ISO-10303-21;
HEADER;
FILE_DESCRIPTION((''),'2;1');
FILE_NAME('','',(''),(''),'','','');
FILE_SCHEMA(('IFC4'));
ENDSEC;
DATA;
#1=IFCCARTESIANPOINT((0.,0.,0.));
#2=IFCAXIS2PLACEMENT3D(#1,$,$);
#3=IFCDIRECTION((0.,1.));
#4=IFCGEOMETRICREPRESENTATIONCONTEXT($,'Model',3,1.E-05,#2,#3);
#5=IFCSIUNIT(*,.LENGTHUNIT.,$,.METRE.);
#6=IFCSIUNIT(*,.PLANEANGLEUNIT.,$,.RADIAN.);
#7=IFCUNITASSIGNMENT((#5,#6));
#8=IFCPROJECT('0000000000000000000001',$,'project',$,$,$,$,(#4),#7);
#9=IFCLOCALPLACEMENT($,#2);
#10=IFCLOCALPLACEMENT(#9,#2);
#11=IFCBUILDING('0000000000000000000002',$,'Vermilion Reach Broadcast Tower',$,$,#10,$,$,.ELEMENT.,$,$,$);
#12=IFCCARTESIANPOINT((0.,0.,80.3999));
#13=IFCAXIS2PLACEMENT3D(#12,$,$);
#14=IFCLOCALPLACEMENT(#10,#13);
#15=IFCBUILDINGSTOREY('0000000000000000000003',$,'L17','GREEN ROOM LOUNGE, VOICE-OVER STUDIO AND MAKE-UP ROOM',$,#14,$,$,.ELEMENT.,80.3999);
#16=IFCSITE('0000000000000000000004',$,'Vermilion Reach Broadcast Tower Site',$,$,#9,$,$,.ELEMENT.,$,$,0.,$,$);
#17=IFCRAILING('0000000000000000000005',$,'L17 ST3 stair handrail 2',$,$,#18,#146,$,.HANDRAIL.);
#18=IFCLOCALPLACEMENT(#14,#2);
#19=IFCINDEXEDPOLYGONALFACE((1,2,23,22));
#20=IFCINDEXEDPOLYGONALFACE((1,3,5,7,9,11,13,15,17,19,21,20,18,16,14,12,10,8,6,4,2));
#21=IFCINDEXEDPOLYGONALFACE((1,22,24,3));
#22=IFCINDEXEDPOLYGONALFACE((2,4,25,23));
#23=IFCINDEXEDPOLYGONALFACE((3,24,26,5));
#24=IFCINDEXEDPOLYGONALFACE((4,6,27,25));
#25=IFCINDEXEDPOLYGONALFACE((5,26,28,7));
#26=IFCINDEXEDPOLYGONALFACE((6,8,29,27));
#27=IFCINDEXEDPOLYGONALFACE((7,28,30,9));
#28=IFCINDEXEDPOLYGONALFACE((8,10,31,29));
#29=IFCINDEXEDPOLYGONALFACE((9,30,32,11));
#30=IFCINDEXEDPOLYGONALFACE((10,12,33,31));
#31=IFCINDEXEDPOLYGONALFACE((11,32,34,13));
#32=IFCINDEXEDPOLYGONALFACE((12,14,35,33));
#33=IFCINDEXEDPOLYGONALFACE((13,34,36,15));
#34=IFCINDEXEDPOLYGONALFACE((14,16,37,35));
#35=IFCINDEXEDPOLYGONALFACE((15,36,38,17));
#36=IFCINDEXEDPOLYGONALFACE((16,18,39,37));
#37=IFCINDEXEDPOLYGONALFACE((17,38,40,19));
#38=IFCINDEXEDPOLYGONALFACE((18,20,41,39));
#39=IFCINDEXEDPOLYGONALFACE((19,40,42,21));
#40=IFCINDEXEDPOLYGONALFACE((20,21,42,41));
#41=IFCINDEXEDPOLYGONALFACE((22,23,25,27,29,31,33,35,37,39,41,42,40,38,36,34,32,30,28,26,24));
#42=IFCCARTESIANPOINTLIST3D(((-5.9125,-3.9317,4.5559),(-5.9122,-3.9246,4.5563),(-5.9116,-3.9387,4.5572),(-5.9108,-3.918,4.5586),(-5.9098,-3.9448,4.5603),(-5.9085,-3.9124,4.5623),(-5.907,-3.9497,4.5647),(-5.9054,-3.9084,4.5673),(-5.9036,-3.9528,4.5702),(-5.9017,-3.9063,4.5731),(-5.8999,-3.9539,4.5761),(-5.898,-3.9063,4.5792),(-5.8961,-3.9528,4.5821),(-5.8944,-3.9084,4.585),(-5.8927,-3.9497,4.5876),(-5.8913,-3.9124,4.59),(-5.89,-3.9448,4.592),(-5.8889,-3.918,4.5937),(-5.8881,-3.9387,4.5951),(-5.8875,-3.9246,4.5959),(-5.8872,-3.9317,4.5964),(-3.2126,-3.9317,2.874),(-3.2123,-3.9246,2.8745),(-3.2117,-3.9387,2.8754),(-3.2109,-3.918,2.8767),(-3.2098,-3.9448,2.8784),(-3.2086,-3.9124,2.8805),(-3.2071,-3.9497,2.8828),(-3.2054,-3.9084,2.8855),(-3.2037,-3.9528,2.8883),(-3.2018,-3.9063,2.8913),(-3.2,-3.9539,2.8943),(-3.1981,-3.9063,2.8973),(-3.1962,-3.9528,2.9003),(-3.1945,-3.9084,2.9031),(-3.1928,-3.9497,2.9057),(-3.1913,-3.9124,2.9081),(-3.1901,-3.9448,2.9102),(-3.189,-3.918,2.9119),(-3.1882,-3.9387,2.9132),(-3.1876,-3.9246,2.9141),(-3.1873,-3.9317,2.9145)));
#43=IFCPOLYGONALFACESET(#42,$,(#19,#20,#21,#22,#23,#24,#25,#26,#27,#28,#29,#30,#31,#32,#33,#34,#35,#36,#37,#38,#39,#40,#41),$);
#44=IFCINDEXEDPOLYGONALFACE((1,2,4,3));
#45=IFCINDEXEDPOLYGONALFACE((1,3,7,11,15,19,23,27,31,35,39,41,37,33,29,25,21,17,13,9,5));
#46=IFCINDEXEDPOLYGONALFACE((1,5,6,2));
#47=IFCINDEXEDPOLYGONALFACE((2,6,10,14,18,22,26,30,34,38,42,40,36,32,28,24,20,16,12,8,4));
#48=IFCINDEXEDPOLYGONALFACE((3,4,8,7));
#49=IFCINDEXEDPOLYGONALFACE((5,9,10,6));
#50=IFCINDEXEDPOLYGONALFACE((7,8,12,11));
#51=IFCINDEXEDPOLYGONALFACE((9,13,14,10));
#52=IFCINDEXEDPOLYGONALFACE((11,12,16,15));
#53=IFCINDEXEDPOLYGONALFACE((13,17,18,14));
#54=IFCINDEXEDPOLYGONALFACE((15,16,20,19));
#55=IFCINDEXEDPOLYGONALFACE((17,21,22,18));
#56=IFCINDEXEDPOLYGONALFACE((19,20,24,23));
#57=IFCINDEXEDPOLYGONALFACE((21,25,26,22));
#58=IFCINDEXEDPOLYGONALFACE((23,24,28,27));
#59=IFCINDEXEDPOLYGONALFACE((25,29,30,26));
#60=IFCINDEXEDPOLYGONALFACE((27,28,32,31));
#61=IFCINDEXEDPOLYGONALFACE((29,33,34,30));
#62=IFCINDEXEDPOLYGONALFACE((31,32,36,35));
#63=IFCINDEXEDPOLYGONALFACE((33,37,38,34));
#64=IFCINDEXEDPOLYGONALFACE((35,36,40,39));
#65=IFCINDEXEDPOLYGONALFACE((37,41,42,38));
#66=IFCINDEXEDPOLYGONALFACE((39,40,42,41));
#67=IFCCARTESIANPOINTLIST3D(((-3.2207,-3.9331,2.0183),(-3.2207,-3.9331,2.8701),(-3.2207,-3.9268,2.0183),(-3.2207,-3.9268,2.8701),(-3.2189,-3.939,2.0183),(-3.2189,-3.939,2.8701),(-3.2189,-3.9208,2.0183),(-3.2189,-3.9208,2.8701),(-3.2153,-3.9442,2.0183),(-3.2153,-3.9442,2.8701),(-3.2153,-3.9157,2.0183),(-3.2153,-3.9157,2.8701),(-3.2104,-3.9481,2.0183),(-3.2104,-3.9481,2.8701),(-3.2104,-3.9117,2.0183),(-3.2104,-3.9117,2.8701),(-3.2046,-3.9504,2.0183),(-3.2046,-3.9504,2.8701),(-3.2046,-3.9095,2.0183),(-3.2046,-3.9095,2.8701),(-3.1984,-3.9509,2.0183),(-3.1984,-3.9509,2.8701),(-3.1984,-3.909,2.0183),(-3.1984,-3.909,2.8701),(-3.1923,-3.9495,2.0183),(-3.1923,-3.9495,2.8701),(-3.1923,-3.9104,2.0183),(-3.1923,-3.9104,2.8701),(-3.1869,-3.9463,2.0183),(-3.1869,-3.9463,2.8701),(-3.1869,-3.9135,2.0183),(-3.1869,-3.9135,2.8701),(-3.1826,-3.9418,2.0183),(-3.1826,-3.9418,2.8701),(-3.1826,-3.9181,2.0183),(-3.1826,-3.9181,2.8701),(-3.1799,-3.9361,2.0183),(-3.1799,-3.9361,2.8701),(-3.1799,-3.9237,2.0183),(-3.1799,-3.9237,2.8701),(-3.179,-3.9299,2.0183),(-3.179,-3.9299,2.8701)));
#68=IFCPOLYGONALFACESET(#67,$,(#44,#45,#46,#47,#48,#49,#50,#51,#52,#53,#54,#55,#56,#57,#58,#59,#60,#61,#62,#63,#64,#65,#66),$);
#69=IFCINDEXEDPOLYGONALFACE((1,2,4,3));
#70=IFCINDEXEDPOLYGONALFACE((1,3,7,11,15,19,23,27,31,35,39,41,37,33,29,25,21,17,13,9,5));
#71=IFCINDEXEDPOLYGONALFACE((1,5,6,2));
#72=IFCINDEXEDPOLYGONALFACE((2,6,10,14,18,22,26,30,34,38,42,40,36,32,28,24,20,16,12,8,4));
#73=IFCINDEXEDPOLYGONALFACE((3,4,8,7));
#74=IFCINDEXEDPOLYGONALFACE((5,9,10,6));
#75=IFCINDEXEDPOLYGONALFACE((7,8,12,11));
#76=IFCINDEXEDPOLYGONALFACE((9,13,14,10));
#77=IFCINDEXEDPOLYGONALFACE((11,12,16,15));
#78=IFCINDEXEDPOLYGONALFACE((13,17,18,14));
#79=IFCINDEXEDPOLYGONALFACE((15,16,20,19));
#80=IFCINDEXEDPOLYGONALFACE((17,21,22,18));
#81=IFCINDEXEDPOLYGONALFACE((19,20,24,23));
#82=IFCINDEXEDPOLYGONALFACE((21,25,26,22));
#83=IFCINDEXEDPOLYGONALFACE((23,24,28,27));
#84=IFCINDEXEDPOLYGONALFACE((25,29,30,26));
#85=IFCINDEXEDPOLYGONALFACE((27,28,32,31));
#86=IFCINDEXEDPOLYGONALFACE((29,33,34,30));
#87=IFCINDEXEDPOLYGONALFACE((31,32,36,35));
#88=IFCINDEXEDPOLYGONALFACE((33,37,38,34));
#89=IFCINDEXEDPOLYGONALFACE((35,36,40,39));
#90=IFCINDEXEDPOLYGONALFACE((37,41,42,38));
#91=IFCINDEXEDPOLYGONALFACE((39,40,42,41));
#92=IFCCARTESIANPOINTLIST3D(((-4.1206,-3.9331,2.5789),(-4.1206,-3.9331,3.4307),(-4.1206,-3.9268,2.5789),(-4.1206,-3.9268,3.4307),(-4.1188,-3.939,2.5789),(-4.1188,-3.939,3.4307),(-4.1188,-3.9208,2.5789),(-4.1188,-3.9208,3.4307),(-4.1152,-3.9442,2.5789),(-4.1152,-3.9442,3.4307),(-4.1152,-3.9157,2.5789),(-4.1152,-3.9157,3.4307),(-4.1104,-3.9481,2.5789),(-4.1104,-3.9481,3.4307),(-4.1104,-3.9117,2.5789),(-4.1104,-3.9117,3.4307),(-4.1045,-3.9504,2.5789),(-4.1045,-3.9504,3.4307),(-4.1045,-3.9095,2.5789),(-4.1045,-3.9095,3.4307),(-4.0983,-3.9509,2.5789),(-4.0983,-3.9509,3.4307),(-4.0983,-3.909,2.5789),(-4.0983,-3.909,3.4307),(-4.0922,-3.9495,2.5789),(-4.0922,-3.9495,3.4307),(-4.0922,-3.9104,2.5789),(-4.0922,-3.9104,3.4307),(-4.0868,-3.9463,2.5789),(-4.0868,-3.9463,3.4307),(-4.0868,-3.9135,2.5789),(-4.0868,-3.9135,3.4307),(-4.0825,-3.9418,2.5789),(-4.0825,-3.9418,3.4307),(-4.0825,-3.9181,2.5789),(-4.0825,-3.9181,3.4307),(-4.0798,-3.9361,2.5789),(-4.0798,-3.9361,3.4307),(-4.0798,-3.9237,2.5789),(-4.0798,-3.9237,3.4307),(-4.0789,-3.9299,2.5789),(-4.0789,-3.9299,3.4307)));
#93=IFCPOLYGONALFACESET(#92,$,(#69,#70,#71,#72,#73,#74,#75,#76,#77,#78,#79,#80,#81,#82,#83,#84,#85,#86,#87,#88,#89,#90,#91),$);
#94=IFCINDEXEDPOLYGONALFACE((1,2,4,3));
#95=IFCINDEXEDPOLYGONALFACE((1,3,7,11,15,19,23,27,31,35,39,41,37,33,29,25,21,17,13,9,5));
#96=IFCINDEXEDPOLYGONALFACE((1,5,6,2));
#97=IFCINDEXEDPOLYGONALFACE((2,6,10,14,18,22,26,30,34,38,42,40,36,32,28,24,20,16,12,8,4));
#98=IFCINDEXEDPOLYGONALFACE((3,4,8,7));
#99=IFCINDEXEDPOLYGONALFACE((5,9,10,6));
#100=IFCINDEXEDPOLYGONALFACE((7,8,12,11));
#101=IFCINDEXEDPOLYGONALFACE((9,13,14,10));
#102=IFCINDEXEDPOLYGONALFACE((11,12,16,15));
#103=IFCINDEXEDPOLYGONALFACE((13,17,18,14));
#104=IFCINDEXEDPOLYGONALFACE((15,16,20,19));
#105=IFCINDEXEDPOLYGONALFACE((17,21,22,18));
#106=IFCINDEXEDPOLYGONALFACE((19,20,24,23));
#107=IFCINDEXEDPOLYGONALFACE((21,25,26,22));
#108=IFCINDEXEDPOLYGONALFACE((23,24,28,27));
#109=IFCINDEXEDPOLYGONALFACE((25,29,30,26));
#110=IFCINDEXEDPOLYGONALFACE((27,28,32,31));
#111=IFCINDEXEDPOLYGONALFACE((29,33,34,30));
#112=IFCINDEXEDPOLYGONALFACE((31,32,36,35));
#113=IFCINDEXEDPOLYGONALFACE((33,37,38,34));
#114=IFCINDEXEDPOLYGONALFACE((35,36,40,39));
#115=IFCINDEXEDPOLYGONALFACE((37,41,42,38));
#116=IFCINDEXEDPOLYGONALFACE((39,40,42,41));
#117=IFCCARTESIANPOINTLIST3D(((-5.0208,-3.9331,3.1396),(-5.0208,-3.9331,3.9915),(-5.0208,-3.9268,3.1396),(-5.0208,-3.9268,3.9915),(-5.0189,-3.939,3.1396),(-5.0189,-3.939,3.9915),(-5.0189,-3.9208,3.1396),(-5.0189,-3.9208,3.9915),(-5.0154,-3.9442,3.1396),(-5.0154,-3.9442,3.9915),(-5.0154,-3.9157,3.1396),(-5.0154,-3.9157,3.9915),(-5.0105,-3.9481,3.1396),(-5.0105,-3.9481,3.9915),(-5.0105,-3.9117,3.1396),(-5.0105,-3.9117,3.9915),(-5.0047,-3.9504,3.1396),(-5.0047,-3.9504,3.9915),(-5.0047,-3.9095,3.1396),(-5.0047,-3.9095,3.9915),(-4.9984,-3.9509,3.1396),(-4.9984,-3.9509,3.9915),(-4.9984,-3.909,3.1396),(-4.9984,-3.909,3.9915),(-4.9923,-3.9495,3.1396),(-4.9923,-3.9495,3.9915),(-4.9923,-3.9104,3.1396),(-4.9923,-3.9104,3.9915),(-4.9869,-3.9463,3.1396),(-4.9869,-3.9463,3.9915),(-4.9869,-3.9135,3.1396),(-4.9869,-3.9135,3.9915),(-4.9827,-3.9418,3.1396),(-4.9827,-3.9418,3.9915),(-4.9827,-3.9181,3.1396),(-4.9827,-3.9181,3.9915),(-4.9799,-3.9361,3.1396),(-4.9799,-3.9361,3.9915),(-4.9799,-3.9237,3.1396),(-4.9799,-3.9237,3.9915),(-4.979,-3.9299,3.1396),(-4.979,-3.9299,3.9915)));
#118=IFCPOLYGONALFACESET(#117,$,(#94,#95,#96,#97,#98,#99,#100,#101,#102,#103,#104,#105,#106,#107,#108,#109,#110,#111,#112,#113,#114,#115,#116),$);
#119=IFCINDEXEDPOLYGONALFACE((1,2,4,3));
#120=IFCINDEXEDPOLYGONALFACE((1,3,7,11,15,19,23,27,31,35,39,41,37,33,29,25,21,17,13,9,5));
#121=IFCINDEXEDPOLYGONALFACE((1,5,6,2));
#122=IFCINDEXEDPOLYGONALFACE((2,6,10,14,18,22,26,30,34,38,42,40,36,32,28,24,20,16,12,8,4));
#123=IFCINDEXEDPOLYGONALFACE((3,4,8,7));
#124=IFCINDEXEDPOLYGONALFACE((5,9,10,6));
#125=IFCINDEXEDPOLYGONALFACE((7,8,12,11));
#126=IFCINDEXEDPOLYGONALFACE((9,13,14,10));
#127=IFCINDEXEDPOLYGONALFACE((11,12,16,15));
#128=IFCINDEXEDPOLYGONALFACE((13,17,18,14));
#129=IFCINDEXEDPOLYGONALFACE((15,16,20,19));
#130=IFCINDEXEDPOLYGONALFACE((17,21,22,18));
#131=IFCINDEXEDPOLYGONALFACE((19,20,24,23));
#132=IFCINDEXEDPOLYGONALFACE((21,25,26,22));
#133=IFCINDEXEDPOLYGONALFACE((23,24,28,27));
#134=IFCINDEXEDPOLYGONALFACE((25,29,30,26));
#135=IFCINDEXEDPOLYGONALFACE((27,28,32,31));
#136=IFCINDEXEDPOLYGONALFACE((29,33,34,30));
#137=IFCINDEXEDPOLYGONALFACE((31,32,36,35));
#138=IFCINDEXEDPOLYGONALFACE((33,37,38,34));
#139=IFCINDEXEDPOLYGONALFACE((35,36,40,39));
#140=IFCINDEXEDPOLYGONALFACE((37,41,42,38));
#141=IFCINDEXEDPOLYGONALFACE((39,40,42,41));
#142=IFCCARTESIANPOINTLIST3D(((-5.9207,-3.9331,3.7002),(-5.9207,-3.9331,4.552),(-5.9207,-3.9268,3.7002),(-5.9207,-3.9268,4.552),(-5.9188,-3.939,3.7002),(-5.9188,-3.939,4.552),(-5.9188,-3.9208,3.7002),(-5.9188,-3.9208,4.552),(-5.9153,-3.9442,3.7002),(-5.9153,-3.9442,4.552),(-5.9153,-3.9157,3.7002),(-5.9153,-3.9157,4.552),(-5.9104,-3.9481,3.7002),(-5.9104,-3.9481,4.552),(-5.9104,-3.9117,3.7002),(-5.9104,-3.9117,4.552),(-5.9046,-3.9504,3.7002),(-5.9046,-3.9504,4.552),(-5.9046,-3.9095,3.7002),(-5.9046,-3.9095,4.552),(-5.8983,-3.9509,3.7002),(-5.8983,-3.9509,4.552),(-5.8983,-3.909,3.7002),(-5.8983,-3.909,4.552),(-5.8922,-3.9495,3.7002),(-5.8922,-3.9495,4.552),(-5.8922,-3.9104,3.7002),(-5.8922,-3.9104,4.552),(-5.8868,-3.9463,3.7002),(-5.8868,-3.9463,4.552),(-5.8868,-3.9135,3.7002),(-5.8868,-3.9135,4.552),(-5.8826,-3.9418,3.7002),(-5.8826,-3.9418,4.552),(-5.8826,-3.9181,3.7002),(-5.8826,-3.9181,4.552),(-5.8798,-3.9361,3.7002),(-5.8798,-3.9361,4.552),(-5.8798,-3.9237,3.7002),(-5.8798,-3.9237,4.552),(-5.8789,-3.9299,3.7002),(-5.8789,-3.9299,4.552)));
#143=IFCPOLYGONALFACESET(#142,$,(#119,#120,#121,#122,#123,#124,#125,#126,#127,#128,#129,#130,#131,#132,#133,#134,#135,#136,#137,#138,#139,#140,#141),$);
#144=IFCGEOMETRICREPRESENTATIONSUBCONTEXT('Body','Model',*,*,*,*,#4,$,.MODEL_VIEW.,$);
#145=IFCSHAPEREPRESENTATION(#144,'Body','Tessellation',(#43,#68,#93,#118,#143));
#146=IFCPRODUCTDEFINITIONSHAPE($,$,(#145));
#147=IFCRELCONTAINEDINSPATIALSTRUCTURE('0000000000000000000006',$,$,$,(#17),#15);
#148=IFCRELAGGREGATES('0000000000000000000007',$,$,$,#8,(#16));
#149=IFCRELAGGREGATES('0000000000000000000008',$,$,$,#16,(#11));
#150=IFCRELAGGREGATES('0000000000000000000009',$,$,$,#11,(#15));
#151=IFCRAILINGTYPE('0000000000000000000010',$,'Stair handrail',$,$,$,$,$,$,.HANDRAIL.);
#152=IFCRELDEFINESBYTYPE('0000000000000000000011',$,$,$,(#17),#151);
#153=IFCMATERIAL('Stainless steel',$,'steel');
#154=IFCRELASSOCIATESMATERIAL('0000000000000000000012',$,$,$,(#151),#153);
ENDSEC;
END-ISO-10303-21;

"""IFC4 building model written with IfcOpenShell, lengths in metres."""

from ifc_helpers import new_model, si_unit, direction, frame, origin, origin_2d, place, context, subcontext, project, spatial, circle, extrude, material, type_object, element, save


model = new_model("IFC4")

# Units and contexts
model_context = context("Model", 3, precision=1e-05, world=origin(), true_north=direction((0.0, 1.0)))
body_context = subcontext(model_context, "Body", "Model", "MODEL_VIEW")
ifc_project = project(units=[si_unit("LENGTHUNIT", "METRE"), si_unit("PLANEANGLEUNIT", "RADIAN")], contexts=[model_context])

# Site, building, storey
site_placement = place(None, origin())
site = spatial("IfcSite", under=ifc_project, at=site_placement, Name="Vermilion Reach Broadcast Tower Site", CompositionType="ELEMENT", RefElevation=0.0)
building_placement = place(site_placement, origin())
building = spatial("IfcBuilding", under=site, at=building_placement, Name="Vermilion Reach Broadcast Tower", CompositionType="ELEMENT")
storey_placement = place(building_placement, frame((0.0, 0.0, 80.3999)))
storey = spatial("IfcBuildingStorey", under=building, at=storey_placement, Name="L17", Description="GREEN ROOM LOUNGE, VOICE-OVER STUDIO AND MAKE-UP ROOM", CompositionType="ELEMENT", Elevation=80.3999)

# Railing
ifc_material_1 = material(Name="Stainless steel", Category="steel")
railing_type_1 = type_object("IfcRailingType", Name="Stair handrail", PredefinedType="HANDRAIL", material=ifc_material_1)
railing_1_placement = place(storey_placement, frame((-3.2, -3.9299, 2.0183)))
element("IfcRailing", 1, at=railing_1_placement, inside=storey, type_object=railing_type_1, Name="L17 ST3 stair handrail 2", PredefinedType="HANDRAIL", context=body_context, shape_type="SweptSolid", body=[
    extrude(circle(Radius=0.0239, at=origin_2d()), frame((0.0, 0.0, 0.876), z_axis=(-0.848786, 0.0, 0.528736), x_axis=(0.0, -1.0, 0.0)), (0.0, 0.0, 1.0), 3.1809),
    extrude(circle(Radius=0.021, at=origin_2d()), origin(), (0.0, 0.0, 1.0), 0.8518),
    extrude(circle(Radius=0.021, at=origin_2d()), frame((-0.8999, 0.0, 0.5605)), (0.0, 0.0, 1.0), 0.8518),
    extrude(circle(Radius=0.021, at=origin_2d()), frame((-1.8, 0.0, 1.1213)), (0.0, 0.0, 1.0), 0.8518),
    extrude(circle(Radius=0.021, at=origin_2d()), frame((-2.7, 0.0, 1.6819)), (0.0, 0.0, 1.0), 0.8518),
])

save(model, "model.ifc")
